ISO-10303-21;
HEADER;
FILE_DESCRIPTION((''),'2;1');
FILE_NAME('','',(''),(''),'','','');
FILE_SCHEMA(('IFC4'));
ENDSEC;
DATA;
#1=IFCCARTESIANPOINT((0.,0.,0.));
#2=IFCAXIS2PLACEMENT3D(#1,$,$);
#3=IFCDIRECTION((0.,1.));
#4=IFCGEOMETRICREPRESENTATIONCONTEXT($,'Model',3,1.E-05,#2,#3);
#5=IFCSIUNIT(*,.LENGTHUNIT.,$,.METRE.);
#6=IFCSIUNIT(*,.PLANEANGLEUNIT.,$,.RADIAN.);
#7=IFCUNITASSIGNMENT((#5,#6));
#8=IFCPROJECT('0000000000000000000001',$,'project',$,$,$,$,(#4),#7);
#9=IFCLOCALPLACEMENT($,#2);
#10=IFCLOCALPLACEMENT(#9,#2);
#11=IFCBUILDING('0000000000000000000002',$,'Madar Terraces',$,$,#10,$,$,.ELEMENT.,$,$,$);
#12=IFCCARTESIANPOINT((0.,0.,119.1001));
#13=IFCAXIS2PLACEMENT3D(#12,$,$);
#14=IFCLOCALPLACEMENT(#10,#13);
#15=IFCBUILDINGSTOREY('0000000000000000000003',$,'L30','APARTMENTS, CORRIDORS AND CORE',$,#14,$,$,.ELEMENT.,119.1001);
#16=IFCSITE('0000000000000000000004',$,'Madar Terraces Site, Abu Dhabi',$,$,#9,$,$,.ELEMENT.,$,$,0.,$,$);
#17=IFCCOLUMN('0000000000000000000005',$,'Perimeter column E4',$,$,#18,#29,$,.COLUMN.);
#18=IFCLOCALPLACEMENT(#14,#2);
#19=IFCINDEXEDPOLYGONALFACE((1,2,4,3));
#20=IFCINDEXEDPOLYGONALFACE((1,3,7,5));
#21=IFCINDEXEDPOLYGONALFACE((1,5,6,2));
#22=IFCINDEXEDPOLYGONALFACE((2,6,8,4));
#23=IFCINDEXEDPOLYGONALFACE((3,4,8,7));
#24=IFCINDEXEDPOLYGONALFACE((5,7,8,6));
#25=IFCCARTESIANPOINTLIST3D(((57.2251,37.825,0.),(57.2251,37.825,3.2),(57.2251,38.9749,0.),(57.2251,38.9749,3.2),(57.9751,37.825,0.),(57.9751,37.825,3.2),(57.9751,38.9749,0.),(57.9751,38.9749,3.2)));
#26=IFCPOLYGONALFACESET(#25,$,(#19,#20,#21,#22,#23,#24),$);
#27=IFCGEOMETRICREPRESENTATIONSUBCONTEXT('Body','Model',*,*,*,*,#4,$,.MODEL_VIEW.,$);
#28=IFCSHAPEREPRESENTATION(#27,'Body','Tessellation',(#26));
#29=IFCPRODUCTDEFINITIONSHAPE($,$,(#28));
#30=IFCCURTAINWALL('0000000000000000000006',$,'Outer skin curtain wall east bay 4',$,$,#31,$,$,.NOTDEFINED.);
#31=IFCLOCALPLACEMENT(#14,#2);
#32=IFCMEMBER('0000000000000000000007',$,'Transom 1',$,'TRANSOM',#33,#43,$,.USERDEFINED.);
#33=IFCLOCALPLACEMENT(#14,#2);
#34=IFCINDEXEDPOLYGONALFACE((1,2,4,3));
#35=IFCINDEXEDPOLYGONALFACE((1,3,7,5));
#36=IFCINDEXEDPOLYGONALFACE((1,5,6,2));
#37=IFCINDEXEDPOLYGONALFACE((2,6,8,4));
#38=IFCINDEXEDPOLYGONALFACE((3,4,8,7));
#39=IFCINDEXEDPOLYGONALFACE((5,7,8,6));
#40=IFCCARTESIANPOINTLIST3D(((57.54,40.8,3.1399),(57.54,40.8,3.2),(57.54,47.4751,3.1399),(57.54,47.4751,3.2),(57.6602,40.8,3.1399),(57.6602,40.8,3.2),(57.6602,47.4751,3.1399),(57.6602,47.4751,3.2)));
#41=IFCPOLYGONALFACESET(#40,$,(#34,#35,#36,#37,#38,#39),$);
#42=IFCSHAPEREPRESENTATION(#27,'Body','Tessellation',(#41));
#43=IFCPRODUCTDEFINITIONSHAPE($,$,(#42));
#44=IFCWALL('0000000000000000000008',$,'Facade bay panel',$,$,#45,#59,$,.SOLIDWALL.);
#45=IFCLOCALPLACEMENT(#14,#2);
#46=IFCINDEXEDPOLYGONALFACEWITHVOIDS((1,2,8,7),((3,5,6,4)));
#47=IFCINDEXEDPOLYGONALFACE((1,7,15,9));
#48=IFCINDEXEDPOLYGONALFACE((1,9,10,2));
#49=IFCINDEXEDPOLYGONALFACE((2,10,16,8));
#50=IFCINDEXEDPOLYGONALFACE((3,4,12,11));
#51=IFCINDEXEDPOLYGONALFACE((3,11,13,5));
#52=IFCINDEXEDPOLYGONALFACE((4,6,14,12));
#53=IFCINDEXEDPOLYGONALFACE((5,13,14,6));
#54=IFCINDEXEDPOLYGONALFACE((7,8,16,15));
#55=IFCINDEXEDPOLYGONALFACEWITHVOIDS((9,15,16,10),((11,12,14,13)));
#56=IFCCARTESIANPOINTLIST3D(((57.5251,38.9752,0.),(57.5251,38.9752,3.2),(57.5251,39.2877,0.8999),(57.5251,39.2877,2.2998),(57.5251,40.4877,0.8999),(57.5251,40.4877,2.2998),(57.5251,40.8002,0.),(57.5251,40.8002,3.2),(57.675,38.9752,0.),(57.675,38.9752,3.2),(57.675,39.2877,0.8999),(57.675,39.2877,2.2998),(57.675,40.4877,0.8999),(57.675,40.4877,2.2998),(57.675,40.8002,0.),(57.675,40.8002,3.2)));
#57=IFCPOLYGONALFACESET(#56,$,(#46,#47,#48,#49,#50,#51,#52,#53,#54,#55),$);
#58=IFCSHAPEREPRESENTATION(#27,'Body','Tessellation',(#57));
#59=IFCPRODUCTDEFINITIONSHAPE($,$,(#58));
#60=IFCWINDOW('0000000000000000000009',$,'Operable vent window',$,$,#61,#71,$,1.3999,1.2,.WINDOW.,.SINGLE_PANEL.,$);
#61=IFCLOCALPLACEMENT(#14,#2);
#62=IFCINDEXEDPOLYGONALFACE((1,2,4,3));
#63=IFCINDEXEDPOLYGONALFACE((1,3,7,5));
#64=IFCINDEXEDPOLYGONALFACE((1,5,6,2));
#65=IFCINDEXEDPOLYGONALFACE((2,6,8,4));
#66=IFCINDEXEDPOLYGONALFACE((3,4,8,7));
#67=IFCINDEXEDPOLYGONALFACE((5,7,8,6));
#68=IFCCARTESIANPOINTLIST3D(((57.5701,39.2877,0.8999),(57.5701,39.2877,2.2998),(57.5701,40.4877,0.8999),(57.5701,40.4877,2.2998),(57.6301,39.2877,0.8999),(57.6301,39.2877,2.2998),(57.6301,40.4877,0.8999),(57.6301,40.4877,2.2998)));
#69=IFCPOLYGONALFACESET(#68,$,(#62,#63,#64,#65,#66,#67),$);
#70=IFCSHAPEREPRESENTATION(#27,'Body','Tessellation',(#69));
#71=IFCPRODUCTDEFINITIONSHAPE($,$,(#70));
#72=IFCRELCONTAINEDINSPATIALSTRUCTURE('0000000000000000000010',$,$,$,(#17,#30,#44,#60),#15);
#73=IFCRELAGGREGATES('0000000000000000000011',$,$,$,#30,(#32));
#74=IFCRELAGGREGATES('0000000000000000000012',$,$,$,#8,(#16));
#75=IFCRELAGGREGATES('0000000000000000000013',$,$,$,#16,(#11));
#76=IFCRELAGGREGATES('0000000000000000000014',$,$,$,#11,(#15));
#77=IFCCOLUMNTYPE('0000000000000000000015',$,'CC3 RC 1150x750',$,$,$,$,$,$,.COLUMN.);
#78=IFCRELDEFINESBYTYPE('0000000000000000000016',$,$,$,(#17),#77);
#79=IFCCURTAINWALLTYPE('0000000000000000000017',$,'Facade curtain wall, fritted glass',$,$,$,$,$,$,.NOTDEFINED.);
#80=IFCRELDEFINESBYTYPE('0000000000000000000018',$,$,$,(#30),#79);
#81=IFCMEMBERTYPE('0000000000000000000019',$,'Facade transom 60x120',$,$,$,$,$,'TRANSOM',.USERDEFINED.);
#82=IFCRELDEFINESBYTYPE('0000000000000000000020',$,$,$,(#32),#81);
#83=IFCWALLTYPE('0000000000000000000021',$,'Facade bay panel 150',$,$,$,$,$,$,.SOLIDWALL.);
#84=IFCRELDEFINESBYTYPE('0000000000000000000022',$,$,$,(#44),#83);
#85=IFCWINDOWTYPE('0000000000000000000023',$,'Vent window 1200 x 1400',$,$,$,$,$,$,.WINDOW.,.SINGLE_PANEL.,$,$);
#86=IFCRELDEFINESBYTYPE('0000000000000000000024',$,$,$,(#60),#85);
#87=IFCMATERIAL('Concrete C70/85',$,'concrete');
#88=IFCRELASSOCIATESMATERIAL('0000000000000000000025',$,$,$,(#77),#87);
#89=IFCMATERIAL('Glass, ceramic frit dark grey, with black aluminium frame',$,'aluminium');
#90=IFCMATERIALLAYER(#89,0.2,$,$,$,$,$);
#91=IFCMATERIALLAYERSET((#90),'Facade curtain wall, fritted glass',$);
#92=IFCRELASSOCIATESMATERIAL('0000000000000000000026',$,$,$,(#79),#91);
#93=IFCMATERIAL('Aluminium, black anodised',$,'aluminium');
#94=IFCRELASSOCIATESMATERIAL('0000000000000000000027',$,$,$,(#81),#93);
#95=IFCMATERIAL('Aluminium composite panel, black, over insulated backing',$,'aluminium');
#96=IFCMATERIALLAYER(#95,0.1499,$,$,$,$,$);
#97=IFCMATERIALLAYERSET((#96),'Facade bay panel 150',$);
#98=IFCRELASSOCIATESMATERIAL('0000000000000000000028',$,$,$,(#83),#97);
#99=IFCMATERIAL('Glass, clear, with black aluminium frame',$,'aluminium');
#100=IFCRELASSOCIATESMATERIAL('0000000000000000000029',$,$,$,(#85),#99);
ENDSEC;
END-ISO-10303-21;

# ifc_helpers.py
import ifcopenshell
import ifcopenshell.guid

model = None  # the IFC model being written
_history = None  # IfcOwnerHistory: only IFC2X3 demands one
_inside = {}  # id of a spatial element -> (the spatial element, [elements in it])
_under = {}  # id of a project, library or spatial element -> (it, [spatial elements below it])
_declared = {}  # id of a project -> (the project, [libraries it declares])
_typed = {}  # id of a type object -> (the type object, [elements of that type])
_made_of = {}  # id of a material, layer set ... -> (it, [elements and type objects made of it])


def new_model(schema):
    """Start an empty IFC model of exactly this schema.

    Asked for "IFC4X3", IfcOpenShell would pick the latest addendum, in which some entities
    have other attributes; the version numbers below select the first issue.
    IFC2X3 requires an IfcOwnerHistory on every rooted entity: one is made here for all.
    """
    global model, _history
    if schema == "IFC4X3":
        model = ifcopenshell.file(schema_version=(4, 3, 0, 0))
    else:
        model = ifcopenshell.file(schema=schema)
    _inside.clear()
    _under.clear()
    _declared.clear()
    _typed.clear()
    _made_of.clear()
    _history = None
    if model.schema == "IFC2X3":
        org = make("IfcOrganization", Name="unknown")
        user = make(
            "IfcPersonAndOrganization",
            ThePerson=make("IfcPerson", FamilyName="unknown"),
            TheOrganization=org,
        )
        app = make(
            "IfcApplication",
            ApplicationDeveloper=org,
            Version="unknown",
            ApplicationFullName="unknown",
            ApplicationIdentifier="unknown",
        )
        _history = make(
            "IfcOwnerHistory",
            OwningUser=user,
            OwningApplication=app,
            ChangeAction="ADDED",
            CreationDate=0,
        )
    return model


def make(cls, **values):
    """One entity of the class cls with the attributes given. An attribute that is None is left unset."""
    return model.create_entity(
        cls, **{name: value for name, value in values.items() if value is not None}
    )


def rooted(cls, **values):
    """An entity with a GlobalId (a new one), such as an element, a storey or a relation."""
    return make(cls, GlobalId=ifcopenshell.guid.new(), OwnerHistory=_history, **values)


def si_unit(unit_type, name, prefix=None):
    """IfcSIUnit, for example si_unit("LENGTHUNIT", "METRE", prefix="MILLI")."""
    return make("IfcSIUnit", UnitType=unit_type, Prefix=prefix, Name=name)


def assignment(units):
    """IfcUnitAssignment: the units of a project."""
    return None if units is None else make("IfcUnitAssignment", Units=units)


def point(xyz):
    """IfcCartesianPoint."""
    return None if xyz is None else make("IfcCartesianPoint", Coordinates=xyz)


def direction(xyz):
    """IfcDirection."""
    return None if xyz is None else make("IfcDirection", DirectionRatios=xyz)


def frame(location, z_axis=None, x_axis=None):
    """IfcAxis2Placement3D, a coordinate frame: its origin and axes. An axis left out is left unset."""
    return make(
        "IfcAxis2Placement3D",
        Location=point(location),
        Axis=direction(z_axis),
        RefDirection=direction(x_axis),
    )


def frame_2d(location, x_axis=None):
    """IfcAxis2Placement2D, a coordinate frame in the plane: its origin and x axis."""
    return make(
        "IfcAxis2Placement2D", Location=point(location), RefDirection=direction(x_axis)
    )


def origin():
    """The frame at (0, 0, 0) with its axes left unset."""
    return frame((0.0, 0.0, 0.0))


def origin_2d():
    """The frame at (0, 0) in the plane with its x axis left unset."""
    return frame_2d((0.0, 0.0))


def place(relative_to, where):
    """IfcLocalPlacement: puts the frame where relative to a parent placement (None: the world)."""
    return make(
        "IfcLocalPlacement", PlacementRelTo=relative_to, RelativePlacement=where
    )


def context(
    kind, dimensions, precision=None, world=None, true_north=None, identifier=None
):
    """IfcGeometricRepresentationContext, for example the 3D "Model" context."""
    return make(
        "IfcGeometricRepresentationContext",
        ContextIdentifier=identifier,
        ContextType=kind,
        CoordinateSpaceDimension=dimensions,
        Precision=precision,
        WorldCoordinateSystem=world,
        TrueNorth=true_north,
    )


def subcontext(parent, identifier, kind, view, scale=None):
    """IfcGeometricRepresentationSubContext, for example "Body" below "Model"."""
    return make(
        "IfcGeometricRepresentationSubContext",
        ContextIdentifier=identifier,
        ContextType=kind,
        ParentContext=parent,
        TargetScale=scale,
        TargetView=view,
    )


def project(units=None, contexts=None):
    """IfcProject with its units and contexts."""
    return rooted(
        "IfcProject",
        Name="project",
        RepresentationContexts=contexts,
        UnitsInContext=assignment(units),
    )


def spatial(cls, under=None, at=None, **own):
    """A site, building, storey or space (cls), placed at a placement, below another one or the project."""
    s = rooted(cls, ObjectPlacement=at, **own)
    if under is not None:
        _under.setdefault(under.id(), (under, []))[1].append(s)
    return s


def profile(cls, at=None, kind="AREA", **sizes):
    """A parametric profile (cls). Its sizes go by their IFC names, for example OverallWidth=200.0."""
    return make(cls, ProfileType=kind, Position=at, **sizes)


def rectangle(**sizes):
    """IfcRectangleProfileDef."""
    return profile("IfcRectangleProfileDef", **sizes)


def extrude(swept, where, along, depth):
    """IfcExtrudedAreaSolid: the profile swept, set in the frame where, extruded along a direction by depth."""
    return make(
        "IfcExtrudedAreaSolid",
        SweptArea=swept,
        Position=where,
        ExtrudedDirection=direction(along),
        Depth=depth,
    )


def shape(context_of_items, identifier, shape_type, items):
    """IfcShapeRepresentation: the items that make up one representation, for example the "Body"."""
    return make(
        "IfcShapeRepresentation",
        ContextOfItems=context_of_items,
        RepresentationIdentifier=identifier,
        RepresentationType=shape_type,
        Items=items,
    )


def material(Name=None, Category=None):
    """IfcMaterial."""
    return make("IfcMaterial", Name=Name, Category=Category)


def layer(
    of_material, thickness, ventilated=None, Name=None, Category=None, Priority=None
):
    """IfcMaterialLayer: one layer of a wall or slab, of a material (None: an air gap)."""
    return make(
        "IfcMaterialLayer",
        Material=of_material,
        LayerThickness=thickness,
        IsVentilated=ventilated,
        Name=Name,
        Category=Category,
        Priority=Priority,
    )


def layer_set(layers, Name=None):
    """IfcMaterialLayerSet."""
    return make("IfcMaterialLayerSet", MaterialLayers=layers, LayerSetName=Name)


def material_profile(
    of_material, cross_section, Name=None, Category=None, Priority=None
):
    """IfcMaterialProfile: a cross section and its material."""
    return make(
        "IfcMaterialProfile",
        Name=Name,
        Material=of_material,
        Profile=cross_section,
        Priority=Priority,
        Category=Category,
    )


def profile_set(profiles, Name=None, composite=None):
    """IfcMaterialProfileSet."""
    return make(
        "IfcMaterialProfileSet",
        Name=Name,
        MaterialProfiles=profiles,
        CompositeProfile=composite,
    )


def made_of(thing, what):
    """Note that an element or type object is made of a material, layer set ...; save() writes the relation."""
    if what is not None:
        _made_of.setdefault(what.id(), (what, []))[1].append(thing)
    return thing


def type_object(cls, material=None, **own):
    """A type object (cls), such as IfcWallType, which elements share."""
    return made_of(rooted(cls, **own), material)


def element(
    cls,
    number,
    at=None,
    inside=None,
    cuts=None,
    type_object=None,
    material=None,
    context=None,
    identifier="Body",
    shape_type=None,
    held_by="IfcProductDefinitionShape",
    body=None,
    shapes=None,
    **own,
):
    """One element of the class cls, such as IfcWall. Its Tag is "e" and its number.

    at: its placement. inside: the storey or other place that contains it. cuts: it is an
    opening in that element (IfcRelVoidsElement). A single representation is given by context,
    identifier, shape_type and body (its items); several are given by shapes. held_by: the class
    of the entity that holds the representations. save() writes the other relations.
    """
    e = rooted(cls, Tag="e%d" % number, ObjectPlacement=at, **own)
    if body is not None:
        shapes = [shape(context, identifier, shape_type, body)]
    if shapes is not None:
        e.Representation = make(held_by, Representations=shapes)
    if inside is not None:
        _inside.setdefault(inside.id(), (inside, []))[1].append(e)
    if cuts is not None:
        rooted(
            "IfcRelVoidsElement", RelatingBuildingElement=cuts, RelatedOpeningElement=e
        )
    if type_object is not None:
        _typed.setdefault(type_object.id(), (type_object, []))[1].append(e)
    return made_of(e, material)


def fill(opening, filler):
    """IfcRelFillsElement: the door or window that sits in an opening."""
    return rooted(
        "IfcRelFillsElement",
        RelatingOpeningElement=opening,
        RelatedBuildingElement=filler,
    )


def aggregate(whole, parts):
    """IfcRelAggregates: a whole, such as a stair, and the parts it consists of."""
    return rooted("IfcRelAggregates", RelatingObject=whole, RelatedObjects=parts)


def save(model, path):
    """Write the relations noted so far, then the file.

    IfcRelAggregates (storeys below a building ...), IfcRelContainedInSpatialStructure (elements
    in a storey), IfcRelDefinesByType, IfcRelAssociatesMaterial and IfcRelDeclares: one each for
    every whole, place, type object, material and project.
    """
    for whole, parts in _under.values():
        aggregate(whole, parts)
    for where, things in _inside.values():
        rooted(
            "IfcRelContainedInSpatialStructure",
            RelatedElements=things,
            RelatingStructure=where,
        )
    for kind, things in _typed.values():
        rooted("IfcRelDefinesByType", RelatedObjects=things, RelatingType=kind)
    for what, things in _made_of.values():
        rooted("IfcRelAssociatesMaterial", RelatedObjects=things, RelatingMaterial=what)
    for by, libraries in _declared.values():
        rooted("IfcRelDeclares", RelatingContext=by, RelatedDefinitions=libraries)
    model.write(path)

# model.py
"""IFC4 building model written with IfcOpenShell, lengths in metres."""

from ifc_helpers import new_model, si_unit, direction, frame, frame_2d, origin, origin_2d, place, context, subcontext, project, spatial, rectangle, extrude, material, layer, layer_set, material_profile, profile_set, type_object, element, fill, aggregate, save


model = new_model("IFC4")

# Units and contexts
model_context = context("Model", 3, precision=1e-05, world=origin(), true_north=direction((0.0, 1.0)))
body_context = subcontext(model_context, "Body", "Model", "MODEL_VIEW")
ifc_project = project(units=[si_unit("LENGTHUNIT", "METRE"), si_unit("PLANEANGLEUNIT", "RADIAN")], contexts=[model_context])

# Site, building, storey
site_placement = place(None, origin())
site = spatial("IfcSite", under=ifc_project, at=site_placement, Name="Madar Terraces Site, Abu Dhabi", CompositionType="ELEMENT", RefElevation=0.0)
building_placement = place(site_placement, origin())
building = spatial("IfcBuilding", under=site, at=building_placement, Name="Madar Terraces", CompositionType="ELEMENT")
storey_placement = place(building_placement, frame((0.0, 0.0, 119.1001)))
storey = spatial("IfcBuildingStorey", under=building, at=storey_placement, Name="L30", Description="APARTMENTS, CORRIDORS AND CORE", CompositionType="ELEMENT", Elevation=119.1001)

# Column
ifc_material_1 = material(Name="Concrete C70/85", Category="concrete")
ifc_material_profile_1 = material_profile(ifc_material_1, rectangle(XDim=1.1499, YDim=0.75, at=origin_2d()), Name="CC3 RC 1150x750")
ifc_profile_set_1 = profile_set([ifc_material_profile_1], Name="Concrete C70/85")
column_type = type_object("IfcColumnType", Name="CC3 RC 1150x750", PredefinedType="COLUMN", material=ifc_profile_set_1)
column_placement = place(storey_placement, frame((57.6001, 38.3999, 0.0), z_axis=(0.0, 0.0, 1.0), x_axis=(0.0, 1.0, 0.0)))
element("IfcColumn", 1, at=column_placement, inside=storey, type_object=column_type, Name="Perimeter column E4", PredefinedType="COLUMN", context=body_context, shape_type="SweptSolid", body=[
    extrude(rectangle(XDim=1.1499, YDim=0.75, at=origin_2d()), origin(), (0.0, 0.0, 1.0), 3.2),
])

# Curtain wall, member
ifc_material_2 = material(Name="Glass, ceramic frit dark grey, with black aluminium frame", Category="aluminium")
ifc_layer_1 = layer(ifc_material_2, 0.2)
ifc_layer_set_1 = layer_set([ifc_layer_1], Name="Facade curtain wall, fritted glass")
curtain_wall_type = type_object("IfcCurtainWallType", Name="Facade curtain wall, fritted glass", PredefinedType="NOTDEFINED", material=ifc_layer_set_1)
curtain_wall_placement = place(storey_placement, origin())
curtain_wall = element("IfcCurtainWall", 2, at=curtain_wall_placement, inside=storey, type_object=curtain_wall_type, Name="Outer skin curtain wall east bay 4", PredefinedType="NOTDEFINED")
ifc_material_3 = material(Name="Aluminium, black anodised", Category="aluminium")
ifc_material_profile_2 = material_profile(ifc_material_3, rectangle(XDim=0.1201, YDim=0.0601, at=origin_2d()), Name="Facade transom 60x120")
ifc_profile_set_2 = profile_set([ifc_material_profile_2], Name="Aluminium, black anodised")
member_type = type_object("IfcMemberType", Name="Facade transom 60x120", ElementType="TRANSOM", PredefinedType="USERDEFINED", material=ifc_profile_set_2)
member_placement = place(storey_placement, frame((57.6001, 40.8, 3.1699), z_axis=(0.0, 1.0, 0.0), x_axis=(-1.0, 0.0, 0.0)))
member = element("IfcMember", 3, at=member_placement, type_object=member_type, Name="Transom 1", ObjectType="TRANSOM", PredefinedType="USERDEFINED", context=body_context, shape_type="SweptSolid", body=[
    extrude(rectangle(XDim=0.1201, YDim=0.0601, at=origin_2d()), origin(), (0.0, 0.0, 1.0), 6.675),
])
aggregate(curtain_wall, [member])

# Wall, opening, window
ifc_material_4 = material(Name="Aluminium composite panel, black, over insulated backing", Category="aluminium")
ifc_layer_2 = layer(ifc_material_4, 0.1499)
ifc_layer_set_2 = layer_set([ifc_layer_2], Name="Facade bay panel 150")
wall_type_1 = type_object("IfcWallType", Name="Facade bay panel 150", PredefinedType="SOLIDWALL", material=ifc_layer_set_2)
wall_1_placement = place(storey_placement, frame((57.6001, 38.9751, 0.0), z_axis=(0.0, 0.0, 1.0), x_axis=(0.0, 1.0, 0.0)))
wall_1 = element("IfcWall", 4, at=wall_1_placement, inside=storey, type_object=wall_type_1, Name="Facade bay panel", PredefinedType="SOLIDWALL", context=body_context, shape_type="SweptSolid", body=[
    extrude(rectangle(XDim=1.825, YDim=0.1499, at=frame_2d((0.9126, 0.0))), origin(), (0.0, 0.0, 1.0), 3.2),
])
opening_1_placement = place(wall_1_placement, frame((0.3125, 0.0, 0.8999)))
opening_1 = element("IfcOpeningElement", 5, at=opening_1_placement, cuts=wall_1, PredefinedType="OPENING", context=body_context, shape_type="SweptSolid", body=[
    extrude(rectangle(XDim=1.2, YDim=1.3999, at=frame_2d((0.6001, 0.7))), frame((0.0, 0.085, 0.0), z_axis=(0.0, -1.0, 0.0), x_axis=(1.0, 0.0, 0.0)), (0.0, 0.0, 1.0), 0.1699),
])
ifc_material_5 = material(Name="Glass, clear, with black aluminium frame", Category="aluminium")
window_type = type_object("IfcWindowType", Name="Vent window 1200 x 1400", PartitioningType="SINGLE_PANEL", PredefinedType="WINDOW", material=ifc_material_5)
window_placement = place(opening_1_placement, origin())
window = element("IfcWindow", 6, at=window_placement, inside=storey, type_object=window_type, Name="Operable vent window", OverallHeight=1.3999, OverallWidth=1.2, PartitioningType="SINGLE_PANEL", PredefinedType="WINDOW", context=body_context, shape_type="SweptSolid", body=[
    extrude(rectangle(XDim=1.2, YDim=1.3999, at=frame_2d((0.6001, 0.7))), frame((0.0, 0.03, 0.0), z_axis=(0.0, -1.0, 0.0), x_axis=(1.0, 0.0, 0.0)), (0.0, 0.0, 1.0), 0.0601),
])
fill(opening_1, window)

save(model, "model.ifc")
